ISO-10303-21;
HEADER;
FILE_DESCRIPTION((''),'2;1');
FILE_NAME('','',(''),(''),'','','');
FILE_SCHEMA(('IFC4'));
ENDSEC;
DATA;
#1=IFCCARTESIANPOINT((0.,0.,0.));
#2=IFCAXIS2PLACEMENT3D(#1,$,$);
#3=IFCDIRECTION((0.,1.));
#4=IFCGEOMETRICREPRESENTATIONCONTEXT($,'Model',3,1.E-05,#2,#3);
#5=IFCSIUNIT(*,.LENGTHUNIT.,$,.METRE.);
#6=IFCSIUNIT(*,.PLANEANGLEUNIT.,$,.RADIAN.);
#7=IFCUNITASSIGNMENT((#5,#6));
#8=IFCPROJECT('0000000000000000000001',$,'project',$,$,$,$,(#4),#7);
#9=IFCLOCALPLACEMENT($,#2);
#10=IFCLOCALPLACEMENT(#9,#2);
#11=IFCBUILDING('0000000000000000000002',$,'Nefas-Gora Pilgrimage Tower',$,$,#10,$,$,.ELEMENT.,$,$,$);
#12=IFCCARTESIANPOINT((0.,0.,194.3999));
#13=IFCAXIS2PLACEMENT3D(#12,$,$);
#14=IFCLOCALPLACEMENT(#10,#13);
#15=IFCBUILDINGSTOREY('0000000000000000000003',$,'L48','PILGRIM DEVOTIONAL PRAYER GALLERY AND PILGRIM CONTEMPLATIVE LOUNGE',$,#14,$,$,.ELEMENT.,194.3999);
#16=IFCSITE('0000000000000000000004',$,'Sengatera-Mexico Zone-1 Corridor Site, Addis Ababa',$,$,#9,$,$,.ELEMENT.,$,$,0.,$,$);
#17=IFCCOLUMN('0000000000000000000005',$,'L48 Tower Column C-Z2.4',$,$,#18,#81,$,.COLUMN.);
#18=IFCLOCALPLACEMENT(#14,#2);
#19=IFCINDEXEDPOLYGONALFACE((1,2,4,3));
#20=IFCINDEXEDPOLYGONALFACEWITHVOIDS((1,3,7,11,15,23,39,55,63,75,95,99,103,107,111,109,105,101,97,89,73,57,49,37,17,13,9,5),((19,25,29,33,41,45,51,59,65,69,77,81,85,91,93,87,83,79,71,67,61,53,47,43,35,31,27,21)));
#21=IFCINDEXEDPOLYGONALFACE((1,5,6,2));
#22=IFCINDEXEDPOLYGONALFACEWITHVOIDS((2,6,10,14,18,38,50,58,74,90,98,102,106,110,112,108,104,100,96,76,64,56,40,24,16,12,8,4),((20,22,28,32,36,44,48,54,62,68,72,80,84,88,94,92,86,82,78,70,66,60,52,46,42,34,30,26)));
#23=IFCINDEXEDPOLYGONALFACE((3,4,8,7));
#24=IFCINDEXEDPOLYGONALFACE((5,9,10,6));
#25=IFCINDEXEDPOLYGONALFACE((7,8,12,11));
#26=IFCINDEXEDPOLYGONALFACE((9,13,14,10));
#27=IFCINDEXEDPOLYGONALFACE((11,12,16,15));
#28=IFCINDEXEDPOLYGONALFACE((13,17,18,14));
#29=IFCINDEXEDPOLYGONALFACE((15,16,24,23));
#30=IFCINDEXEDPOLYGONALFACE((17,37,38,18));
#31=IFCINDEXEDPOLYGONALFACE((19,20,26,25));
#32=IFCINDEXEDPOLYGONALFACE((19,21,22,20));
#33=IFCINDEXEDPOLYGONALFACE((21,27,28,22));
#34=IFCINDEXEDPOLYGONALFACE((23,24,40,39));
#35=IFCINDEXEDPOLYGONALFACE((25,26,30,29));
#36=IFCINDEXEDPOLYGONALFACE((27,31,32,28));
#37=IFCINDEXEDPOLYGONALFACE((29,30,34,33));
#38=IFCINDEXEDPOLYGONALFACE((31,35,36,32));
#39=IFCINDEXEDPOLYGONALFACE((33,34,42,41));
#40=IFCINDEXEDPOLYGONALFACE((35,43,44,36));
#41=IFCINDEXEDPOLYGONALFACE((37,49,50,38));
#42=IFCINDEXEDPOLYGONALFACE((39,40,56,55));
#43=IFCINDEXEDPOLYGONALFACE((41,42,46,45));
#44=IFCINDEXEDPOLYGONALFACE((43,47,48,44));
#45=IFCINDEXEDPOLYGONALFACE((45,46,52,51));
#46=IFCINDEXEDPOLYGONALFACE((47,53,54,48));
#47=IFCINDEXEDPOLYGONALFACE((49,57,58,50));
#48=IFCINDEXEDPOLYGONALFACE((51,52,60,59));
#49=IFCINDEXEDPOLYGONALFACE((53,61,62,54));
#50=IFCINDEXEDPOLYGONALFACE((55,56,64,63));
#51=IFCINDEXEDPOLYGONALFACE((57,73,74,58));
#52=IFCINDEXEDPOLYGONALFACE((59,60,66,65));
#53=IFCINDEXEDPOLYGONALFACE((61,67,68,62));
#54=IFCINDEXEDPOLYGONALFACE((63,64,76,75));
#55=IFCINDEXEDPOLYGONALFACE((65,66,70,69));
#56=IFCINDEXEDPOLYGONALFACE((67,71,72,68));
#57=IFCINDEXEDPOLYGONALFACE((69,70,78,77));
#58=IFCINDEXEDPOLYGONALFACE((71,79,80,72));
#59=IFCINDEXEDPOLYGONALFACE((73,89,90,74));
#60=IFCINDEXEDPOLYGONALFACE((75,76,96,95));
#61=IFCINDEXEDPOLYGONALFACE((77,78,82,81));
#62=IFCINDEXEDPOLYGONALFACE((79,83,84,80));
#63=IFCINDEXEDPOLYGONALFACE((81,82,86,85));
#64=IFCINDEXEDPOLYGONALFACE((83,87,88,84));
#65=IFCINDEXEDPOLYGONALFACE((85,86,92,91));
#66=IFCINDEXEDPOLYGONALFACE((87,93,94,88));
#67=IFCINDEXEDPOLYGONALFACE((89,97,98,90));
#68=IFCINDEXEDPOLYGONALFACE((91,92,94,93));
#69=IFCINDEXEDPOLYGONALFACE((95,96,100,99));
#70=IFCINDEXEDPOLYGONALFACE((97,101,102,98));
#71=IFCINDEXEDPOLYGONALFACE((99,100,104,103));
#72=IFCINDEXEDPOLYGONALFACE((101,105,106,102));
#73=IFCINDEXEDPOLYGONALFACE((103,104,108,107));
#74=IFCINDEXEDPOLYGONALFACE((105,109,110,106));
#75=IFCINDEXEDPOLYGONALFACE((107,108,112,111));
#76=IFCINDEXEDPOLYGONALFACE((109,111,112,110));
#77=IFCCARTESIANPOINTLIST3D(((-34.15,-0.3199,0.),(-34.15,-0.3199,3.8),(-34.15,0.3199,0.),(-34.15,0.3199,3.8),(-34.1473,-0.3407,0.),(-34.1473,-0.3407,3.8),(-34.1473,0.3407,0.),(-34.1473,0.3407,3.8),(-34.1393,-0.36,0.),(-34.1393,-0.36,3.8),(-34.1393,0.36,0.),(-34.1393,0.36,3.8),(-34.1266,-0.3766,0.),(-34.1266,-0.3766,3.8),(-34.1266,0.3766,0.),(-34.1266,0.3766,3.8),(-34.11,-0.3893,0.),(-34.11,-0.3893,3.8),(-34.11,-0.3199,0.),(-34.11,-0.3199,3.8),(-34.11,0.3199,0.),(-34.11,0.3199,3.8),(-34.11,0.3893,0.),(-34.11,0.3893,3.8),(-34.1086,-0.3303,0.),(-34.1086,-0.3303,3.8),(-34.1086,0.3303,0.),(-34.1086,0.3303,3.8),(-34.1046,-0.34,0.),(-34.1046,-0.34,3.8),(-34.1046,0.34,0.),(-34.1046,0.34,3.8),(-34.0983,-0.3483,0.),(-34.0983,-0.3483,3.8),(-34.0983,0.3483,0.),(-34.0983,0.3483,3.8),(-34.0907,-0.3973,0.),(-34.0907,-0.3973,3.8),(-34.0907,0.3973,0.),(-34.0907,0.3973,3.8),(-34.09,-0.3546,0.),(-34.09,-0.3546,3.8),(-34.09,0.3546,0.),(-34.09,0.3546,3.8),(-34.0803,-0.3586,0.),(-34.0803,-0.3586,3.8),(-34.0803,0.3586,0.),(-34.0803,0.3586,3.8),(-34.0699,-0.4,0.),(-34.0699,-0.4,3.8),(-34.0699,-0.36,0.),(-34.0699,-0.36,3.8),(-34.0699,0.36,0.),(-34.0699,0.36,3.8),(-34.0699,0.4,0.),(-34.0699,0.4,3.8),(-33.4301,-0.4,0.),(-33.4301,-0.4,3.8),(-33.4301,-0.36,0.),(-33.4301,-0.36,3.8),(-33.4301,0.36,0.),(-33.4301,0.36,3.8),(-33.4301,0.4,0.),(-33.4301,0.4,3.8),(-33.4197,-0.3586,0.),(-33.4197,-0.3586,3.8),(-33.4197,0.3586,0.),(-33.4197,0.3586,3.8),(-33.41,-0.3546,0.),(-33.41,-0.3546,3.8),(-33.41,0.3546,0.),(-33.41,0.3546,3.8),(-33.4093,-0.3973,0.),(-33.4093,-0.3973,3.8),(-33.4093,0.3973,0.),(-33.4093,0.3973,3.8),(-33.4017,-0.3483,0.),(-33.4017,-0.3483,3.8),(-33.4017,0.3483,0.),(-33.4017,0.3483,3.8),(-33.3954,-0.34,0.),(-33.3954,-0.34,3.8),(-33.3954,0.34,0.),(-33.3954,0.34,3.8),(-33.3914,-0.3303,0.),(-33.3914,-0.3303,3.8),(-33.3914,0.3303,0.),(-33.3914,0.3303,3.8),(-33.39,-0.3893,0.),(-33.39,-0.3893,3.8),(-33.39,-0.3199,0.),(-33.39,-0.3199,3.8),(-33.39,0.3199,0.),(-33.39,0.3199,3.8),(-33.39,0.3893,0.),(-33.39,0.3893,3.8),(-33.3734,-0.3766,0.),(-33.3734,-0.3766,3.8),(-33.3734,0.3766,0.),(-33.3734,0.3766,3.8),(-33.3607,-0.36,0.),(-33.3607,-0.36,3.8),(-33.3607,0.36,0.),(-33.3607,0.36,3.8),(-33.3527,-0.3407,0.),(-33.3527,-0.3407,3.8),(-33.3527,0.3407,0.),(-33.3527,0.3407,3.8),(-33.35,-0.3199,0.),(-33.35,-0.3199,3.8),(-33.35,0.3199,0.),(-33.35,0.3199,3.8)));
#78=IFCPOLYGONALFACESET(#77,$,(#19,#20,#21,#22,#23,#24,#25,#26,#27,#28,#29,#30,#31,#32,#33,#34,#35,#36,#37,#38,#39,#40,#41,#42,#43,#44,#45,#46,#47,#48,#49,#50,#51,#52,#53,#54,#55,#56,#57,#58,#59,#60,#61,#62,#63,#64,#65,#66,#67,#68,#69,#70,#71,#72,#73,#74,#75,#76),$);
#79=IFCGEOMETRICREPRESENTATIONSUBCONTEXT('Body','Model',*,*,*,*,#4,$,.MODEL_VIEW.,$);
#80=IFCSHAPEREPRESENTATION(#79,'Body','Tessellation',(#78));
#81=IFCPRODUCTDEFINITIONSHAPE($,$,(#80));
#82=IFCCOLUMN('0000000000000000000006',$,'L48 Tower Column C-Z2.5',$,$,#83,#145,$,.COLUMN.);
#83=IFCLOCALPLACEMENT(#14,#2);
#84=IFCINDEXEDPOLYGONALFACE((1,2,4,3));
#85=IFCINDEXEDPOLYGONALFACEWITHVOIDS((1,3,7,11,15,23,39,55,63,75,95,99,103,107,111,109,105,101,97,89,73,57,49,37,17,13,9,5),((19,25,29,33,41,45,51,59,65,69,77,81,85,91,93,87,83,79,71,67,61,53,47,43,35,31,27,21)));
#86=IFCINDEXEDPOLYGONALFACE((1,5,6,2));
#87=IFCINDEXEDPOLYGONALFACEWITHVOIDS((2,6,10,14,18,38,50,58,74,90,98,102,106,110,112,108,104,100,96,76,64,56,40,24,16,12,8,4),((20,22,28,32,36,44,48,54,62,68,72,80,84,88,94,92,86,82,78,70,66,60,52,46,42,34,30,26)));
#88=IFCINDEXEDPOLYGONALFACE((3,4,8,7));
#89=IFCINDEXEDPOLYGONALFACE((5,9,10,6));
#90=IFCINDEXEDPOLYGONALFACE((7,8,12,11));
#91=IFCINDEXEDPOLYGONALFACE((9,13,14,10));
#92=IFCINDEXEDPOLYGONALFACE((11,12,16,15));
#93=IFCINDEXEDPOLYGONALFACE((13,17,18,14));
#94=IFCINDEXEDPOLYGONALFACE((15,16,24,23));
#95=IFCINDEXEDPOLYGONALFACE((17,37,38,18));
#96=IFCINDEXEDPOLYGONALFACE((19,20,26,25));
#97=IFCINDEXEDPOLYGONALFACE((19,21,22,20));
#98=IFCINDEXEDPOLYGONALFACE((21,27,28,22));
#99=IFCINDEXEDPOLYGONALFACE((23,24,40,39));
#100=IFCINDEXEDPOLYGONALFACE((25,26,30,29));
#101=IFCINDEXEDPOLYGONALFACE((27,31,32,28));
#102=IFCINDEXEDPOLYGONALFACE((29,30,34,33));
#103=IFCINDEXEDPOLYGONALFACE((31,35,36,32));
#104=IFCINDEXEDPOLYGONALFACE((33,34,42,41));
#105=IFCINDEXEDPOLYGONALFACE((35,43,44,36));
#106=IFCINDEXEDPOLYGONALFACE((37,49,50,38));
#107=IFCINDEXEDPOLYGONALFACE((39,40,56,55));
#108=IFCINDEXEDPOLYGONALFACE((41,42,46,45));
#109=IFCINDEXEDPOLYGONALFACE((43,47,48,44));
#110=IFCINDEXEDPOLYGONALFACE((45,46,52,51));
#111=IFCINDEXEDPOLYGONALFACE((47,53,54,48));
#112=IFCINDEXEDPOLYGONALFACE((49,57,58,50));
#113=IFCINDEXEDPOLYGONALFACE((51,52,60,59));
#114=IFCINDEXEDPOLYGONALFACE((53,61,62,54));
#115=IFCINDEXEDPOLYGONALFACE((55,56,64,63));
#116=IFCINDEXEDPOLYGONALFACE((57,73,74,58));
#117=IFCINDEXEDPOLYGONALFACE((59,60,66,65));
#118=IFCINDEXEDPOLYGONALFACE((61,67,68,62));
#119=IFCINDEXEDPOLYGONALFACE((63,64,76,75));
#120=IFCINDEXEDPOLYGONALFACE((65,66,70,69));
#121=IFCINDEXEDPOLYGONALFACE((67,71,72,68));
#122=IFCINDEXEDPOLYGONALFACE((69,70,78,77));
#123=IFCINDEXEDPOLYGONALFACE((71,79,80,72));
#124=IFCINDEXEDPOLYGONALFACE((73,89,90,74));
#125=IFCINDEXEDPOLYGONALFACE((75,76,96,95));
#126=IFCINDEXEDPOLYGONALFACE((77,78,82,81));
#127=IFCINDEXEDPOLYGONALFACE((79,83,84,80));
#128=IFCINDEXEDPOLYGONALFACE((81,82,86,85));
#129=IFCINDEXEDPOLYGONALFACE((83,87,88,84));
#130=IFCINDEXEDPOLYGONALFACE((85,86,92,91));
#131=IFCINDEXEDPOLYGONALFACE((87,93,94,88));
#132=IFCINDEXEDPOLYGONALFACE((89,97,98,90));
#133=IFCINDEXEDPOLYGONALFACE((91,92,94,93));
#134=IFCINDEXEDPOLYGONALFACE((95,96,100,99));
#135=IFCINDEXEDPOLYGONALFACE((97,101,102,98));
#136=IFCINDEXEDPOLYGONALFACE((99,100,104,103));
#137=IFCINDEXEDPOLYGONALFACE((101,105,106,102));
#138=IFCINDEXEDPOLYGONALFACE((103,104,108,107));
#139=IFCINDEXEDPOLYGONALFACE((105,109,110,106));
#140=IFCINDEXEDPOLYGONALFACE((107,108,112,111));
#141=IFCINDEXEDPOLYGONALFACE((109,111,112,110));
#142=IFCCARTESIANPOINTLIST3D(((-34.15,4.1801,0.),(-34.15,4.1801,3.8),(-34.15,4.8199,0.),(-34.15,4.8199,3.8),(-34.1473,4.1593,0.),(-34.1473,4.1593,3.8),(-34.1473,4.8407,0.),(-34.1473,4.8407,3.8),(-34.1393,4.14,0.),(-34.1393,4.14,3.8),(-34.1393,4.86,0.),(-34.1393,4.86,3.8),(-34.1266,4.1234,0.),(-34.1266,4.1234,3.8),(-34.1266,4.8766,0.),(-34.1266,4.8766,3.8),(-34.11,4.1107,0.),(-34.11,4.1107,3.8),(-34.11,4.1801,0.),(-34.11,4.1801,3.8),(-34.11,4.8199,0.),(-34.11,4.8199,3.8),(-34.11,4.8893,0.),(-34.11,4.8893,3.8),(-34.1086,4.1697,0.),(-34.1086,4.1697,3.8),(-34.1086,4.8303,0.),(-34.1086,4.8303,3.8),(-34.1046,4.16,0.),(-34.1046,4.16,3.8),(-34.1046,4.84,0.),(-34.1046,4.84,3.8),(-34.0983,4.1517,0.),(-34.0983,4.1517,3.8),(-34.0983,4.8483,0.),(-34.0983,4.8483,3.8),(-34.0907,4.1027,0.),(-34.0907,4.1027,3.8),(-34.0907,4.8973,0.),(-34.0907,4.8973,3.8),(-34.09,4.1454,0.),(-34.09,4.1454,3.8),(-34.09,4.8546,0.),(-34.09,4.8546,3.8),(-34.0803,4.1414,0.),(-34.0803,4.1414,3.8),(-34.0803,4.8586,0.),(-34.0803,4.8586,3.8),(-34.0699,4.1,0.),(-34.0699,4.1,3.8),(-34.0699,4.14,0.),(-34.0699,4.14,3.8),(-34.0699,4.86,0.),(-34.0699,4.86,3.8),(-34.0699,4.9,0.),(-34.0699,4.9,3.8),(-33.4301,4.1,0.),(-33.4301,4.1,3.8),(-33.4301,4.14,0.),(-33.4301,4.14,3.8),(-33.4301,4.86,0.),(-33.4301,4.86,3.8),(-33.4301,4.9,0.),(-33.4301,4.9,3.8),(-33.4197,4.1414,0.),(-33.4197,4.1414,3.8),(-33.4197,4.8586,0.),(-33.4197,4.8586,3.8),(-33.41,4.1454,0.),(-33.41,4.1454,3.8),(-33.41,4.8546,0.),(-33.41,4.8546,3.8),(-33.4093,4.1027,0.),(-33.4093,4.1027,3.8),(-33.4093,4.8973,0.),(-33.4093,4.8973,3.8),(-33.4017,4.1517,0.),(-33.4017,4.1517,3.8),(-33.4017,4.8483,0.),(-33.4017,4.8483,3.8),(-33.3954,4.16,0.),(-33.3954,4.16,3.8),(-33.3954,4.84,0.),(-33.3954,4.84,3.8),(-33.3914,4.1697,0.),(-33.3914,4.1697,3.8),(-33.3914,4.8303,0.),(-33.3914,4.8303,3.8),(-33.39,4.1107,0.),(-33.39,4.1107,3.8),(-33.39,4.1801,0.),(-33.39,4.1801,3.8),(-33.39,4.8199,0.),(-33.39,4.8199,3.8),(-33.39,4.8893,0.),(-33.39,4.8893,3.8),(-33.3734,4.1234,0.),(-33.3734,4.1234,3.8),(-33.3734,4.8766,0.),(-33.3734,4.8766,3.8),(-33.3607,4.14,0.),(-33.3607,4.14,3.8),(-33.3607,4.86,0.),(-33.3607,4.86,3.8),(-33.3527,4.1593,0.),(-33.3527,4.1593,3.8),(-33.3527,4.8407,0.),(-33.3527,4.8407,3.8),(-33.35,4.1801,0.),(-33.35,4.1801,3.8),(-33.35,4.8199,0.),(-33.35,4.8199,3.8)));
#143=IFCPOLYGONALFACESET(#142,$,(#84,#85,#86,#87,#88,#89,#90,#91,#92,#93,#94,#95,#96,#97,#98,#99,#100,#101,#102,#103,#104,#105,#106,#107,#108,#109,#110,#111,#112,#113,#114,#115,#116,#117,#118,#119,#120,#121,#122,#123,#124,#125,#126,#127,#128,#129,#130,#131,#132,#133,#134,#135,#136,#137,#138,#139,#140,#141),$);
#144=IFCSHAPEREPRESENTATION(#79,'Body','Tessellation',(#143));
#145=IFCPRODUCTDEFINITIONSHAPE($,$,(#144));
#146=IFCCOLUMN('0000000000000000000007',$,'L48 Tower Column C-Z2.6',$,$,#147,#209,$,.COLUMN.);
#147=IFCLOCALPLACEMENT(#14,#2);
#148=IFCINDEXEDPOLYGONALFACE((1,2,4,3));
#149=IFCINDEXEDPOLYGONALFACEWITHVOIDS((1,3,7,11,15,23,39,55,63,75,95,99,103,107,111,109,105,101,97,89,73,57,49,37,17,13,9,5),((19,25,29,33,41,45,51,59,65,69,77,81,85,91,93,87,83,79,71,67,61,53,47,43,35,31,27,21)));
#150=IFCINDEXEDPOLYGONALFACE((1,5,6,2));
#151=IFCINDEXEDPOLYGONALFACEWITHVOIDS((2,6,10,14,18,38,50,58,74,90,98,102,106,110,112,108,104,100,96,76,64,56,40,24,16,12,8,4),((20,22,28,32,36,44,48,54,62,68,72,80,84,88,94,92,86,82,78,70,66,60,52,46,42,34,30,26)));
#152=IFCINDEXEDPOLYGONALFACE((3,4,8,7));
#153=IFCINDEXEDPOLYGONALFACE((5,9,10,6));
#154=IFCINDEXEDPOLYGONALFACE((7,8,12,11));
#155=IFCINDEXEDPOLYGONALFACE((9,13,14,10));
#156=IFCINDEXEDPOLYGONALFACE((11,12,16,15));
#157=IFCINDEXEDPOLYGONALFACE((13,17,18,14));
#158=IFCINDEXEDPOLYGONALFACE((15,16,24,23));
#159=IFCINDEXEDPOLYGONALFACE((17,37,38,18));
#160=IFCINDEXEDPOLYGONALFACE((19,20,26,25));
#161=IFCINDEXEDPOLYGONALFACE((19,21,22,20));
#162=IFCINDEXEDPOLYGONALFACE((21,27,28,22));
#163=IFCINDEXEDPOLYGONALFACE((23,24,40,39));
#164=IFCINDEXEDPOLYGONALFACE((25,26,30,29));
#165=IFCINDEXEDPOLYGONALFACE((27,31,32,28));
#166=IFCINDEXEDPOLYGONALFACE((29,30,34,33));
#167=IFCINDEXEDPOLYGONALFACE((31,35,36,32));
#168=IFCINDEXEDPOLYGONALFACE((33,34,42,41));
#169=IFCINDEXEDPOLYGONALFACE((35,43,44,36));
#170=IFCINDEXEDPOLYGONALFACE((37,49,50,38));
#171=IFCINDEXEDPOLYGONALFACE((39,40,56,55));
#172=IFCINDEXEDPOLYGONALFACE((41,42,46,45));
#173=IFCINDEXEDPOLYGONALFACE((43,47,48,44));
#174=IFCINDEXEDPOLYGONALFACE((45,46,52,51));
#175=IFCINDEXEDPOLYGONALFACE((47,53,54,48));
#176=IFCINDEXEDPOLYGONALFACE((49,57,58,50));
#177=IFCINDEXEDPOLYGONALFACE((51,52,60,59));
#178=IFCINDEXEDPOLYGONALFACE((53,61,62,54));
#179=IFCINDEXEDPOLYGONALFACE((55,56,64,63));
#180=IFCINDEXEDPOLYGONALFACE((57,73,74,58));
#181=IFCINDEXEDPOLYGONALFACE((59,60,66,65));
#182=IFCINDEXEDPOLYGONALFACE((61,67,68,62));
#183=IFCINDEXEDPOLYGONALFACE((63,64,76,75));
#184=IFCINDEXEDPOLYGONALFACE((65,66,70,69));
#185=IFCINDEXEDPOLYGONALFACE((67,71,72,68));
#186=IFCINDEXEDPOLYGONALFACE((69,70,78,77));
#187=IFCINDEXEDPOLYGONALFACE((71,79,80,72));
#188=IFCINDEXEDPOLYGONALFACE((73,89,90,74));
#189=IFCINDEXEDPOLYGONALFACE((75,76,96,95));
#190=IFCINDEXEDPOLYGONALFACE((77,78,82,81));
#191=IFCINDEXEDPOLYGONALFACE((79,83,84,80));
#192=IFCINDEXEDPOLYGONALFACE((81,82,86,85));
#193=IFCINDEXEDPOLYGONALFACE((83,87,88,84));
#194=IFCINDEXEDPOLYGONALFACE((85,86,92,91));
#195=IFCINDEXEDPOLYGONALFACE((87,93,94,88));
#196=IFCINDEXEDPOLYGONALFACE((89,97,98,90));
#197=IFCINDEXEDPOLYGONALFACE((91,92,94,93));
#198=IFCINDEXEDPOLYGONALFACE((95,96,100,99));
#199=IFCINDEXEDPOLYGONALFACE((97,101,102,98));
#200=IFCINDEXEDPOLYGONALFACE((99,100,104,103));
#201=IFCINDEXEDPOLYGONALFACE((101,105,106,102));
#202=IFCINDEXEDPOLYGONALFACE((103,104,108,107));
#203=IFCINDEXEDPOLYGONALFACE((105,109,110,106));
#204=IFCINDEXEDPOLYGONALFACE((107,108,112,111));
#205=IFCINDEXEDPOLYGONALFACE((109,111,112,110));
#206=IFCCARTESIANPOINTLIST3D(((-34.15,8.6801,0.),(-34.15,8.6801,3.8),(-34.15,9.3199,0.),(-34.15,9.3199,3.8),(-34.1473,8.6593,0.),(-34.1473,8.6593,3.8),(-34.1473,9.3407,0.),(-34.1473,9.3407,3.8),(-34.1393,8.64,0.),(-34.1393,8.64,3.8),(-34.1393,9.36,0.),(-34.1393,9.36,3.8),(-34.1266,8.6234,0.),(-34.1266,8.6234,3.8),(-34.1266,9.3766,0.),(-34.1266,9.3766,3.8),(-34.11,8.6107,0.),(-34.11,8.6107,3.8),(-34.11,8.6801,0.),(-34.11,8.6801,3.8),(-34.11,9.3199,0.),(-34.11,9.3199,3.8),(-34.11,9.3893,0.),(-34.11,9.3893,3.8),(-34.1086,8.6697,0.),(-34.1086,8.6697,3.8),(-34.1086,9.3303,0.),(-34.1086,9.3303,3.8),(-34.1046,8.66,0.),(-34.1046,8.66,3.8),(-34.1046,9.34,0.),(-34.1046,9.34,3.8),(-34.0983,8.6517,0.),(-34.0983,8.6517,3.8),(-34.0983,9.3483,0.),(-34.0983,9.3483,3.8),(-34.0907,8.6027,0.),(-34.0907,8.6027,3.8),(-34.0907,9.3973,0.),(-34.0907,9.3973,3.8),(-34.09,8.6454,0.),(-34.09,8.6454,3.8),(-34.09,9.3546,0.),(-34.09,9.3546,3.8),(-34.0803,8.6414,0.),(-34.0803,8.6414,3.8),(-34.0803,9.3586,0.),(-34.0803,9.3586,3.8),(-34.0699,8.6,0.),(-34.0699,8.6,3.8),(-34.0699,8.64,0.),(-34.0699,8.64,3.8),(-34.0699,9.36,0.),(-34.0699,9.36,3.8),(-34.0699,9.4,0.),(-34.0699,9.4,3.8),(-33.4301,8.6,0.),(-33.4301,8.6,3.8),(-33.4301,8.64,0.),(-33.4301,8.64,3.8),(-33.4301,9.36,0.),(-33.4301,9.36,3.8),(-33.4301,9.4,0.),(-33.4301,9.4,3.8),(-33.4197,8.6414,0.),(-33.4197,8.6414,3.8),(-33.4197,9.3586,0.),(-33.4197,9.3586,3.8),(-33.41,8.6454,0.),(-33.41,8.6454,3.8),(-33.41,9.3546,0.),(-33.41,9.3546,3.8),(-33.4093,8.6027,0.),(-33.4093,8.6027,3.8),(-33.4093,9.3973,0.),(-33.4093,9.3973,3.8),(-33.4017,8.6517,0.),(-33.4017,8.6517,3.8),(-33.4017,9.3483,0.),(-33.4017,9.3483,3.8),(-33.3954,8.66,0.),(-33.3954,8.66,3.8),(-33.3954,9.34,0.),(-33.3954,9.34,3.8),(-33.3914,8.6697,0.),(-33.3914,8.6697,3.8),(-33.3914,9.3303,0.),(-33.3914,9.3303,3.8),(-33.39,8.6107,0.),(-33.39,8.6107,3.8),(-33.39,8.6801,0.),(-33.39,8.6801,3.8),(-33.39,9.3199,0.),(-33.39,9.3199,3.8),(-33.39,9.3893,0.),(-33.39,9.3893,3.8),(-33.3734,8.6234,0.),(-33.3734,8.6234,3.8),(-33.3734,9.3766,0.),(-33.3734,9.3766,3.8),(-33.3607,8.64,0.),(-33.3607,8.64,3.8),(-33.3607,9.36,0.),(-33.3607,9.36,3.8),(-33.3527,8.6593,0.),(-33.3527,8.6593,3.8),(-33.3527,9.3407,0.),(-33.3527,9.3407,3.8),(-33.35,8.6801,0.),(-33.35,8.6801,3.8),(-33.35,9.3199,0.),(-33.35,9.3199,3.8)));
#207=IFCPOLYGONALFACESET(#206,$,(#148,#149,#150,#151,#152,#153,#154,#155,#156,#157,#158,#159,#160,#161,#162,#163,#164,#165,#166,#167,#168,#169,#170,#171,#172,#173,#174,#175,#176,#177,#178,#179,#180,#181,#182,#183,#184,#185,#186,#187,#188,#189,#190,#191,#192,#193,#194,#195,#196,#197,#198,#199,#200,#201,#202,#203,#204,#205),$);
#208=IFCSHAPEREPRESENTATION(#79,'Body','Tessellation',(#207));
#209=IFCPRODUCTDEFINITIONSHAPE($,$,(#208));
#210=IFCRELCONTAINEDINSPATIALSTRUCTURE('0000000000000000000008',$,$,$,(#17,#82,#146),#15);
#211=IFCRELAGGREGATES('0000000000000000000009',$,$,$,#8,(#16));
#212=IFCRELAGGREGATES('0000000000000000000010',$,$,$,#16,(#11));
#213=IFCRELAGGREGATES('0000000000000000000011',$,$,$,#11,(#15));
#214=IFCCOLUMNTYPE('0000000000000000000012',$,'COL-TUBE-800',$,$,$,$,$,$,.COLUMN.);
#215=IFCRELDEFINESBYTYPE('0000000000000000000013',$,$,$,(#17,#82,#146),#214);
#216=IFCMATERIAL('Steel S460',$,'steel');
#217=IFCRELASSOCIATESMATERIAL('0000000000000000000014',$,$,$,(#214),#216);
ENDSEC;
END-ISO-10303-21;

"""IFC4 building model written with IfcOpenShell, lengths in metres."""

from ifc_helpers import new_model, si_unit, direction, frame, origin, origin_2d, place, context, subcontext, project, spatial, hollow_rectangle, extrude, source, transform, mapped, material, material_profile, profile_set, type_object, element, save


model = new_model("IFC4")

# Units and contexts
model_context = context("Model", 3, precision=1e-05, world=origin(), true_north=direction((0.0, 1.0)))
body_context = subcontext(model_context, "Body", "Model", "MODEL_VIEW")
ifc_project = project(units=[si_unit("LENGTHUNIT", "METRE"), si_unit("PLANEANGLEUNIT", "RADIAN")], contexts=[model_context])

# Site, building, storey
site_placement = place(None, origin())
site = spatial("IfcSite", under=ifc_project, at=site_placement, Name="Sengatera-Mexico Zone-1 Corridor Site, Addis Ababa", CompositionType="ELEMENT", RefElevation=0.0)
building_placement = place(site_placement, origin())
building = spatial("IfcBuilding", under=site, at=building_placement, Name="Nefas-Gora Pilgrimage Tower", CompositionType="ELEMENT")
storey_placement = place(building_placement, frame((0.0, 0.0, 194.3999)))
storey = spatial("IfcBuildingStorey", under=building, at=storey_placement, Name="L48", Description="PILGRIM DEVOTIONAL PRAYER GALLERY AND PILGRIM CONTEMPLATIVE LOUNGE", CompositionType="ELEMENT", Elevation=194.3999)

# Columns
ifc_material_1 = material(Name="Steel S460", Category="steel")
ifc_material_profile_1 = material_profile(ifc_material_1, hollow_rectangle(XDim=0.8, YDim=0.8, WallThickness=0.04, InnerFilletRadius=0.04, OuterFilletRadius=0.0801, at=origin_2d()), Name="BOX 800x800x40")
ifc_profile_set_1 = profile_set([ifc_material_profile_1], Name="Steel S460")
column_type_1 = type_object("IfcColumnType", Name="COL-TUBE-800", PredefinedType="COLUMN", material=ifc_profile_set_1)
shared_shape_1 = source(origin(), body_context, "Body", "SweptSolid", [
    extrude(hollow_rectangle(XDim=0.8, YDim=0.8, WallThickness=0.04, InnerFilletRadius=0.04, OuterFilletRadius=0.0801, at=origin_2d()), origin(), (0.0, 0.0, 1.0), 3.8),
])
for number, where, z_axis, x_axis, name in (
    (1, (-33.75, 0.0, 0.0), (0.0, 0.0, 1.0), (1.0, 0.0, 0.0), "L48 Tower Column C-Z2.4"),
    (2, (-33.75, 4.5, 0.0), (0.0, 0.0, 1.0), (1.0, 0.0, 0.0), "L48 Tower Column C-Z2.5"),
    (3, (-33.75, 9.0, 0.0), (0.0, 0.0, 1.0), (1.0, 0.0, 0.0), "L48 Tower Column C-Z2.6"),
):
    element("IfcColumn", number, at=place(storey_placement, frame(where, z_axis=z_axis, x_axis=x_axis)), inside=storey, type_object=column_type_1, Name=name, PredefinedType="COLUMN", context=body_context, shape_type="MappedRepresentation", body=[
        mapped(shared_shape_1, transform((0.0, 0.0, 0.0), x_axis=(1.0, 0.0, 0.0), y_axis=(0.0, 1.0, 0.0), z_axis=(0.0, 0.0, 1.0), scale=1.0)),
    ])

save(model, "model.ifc")
